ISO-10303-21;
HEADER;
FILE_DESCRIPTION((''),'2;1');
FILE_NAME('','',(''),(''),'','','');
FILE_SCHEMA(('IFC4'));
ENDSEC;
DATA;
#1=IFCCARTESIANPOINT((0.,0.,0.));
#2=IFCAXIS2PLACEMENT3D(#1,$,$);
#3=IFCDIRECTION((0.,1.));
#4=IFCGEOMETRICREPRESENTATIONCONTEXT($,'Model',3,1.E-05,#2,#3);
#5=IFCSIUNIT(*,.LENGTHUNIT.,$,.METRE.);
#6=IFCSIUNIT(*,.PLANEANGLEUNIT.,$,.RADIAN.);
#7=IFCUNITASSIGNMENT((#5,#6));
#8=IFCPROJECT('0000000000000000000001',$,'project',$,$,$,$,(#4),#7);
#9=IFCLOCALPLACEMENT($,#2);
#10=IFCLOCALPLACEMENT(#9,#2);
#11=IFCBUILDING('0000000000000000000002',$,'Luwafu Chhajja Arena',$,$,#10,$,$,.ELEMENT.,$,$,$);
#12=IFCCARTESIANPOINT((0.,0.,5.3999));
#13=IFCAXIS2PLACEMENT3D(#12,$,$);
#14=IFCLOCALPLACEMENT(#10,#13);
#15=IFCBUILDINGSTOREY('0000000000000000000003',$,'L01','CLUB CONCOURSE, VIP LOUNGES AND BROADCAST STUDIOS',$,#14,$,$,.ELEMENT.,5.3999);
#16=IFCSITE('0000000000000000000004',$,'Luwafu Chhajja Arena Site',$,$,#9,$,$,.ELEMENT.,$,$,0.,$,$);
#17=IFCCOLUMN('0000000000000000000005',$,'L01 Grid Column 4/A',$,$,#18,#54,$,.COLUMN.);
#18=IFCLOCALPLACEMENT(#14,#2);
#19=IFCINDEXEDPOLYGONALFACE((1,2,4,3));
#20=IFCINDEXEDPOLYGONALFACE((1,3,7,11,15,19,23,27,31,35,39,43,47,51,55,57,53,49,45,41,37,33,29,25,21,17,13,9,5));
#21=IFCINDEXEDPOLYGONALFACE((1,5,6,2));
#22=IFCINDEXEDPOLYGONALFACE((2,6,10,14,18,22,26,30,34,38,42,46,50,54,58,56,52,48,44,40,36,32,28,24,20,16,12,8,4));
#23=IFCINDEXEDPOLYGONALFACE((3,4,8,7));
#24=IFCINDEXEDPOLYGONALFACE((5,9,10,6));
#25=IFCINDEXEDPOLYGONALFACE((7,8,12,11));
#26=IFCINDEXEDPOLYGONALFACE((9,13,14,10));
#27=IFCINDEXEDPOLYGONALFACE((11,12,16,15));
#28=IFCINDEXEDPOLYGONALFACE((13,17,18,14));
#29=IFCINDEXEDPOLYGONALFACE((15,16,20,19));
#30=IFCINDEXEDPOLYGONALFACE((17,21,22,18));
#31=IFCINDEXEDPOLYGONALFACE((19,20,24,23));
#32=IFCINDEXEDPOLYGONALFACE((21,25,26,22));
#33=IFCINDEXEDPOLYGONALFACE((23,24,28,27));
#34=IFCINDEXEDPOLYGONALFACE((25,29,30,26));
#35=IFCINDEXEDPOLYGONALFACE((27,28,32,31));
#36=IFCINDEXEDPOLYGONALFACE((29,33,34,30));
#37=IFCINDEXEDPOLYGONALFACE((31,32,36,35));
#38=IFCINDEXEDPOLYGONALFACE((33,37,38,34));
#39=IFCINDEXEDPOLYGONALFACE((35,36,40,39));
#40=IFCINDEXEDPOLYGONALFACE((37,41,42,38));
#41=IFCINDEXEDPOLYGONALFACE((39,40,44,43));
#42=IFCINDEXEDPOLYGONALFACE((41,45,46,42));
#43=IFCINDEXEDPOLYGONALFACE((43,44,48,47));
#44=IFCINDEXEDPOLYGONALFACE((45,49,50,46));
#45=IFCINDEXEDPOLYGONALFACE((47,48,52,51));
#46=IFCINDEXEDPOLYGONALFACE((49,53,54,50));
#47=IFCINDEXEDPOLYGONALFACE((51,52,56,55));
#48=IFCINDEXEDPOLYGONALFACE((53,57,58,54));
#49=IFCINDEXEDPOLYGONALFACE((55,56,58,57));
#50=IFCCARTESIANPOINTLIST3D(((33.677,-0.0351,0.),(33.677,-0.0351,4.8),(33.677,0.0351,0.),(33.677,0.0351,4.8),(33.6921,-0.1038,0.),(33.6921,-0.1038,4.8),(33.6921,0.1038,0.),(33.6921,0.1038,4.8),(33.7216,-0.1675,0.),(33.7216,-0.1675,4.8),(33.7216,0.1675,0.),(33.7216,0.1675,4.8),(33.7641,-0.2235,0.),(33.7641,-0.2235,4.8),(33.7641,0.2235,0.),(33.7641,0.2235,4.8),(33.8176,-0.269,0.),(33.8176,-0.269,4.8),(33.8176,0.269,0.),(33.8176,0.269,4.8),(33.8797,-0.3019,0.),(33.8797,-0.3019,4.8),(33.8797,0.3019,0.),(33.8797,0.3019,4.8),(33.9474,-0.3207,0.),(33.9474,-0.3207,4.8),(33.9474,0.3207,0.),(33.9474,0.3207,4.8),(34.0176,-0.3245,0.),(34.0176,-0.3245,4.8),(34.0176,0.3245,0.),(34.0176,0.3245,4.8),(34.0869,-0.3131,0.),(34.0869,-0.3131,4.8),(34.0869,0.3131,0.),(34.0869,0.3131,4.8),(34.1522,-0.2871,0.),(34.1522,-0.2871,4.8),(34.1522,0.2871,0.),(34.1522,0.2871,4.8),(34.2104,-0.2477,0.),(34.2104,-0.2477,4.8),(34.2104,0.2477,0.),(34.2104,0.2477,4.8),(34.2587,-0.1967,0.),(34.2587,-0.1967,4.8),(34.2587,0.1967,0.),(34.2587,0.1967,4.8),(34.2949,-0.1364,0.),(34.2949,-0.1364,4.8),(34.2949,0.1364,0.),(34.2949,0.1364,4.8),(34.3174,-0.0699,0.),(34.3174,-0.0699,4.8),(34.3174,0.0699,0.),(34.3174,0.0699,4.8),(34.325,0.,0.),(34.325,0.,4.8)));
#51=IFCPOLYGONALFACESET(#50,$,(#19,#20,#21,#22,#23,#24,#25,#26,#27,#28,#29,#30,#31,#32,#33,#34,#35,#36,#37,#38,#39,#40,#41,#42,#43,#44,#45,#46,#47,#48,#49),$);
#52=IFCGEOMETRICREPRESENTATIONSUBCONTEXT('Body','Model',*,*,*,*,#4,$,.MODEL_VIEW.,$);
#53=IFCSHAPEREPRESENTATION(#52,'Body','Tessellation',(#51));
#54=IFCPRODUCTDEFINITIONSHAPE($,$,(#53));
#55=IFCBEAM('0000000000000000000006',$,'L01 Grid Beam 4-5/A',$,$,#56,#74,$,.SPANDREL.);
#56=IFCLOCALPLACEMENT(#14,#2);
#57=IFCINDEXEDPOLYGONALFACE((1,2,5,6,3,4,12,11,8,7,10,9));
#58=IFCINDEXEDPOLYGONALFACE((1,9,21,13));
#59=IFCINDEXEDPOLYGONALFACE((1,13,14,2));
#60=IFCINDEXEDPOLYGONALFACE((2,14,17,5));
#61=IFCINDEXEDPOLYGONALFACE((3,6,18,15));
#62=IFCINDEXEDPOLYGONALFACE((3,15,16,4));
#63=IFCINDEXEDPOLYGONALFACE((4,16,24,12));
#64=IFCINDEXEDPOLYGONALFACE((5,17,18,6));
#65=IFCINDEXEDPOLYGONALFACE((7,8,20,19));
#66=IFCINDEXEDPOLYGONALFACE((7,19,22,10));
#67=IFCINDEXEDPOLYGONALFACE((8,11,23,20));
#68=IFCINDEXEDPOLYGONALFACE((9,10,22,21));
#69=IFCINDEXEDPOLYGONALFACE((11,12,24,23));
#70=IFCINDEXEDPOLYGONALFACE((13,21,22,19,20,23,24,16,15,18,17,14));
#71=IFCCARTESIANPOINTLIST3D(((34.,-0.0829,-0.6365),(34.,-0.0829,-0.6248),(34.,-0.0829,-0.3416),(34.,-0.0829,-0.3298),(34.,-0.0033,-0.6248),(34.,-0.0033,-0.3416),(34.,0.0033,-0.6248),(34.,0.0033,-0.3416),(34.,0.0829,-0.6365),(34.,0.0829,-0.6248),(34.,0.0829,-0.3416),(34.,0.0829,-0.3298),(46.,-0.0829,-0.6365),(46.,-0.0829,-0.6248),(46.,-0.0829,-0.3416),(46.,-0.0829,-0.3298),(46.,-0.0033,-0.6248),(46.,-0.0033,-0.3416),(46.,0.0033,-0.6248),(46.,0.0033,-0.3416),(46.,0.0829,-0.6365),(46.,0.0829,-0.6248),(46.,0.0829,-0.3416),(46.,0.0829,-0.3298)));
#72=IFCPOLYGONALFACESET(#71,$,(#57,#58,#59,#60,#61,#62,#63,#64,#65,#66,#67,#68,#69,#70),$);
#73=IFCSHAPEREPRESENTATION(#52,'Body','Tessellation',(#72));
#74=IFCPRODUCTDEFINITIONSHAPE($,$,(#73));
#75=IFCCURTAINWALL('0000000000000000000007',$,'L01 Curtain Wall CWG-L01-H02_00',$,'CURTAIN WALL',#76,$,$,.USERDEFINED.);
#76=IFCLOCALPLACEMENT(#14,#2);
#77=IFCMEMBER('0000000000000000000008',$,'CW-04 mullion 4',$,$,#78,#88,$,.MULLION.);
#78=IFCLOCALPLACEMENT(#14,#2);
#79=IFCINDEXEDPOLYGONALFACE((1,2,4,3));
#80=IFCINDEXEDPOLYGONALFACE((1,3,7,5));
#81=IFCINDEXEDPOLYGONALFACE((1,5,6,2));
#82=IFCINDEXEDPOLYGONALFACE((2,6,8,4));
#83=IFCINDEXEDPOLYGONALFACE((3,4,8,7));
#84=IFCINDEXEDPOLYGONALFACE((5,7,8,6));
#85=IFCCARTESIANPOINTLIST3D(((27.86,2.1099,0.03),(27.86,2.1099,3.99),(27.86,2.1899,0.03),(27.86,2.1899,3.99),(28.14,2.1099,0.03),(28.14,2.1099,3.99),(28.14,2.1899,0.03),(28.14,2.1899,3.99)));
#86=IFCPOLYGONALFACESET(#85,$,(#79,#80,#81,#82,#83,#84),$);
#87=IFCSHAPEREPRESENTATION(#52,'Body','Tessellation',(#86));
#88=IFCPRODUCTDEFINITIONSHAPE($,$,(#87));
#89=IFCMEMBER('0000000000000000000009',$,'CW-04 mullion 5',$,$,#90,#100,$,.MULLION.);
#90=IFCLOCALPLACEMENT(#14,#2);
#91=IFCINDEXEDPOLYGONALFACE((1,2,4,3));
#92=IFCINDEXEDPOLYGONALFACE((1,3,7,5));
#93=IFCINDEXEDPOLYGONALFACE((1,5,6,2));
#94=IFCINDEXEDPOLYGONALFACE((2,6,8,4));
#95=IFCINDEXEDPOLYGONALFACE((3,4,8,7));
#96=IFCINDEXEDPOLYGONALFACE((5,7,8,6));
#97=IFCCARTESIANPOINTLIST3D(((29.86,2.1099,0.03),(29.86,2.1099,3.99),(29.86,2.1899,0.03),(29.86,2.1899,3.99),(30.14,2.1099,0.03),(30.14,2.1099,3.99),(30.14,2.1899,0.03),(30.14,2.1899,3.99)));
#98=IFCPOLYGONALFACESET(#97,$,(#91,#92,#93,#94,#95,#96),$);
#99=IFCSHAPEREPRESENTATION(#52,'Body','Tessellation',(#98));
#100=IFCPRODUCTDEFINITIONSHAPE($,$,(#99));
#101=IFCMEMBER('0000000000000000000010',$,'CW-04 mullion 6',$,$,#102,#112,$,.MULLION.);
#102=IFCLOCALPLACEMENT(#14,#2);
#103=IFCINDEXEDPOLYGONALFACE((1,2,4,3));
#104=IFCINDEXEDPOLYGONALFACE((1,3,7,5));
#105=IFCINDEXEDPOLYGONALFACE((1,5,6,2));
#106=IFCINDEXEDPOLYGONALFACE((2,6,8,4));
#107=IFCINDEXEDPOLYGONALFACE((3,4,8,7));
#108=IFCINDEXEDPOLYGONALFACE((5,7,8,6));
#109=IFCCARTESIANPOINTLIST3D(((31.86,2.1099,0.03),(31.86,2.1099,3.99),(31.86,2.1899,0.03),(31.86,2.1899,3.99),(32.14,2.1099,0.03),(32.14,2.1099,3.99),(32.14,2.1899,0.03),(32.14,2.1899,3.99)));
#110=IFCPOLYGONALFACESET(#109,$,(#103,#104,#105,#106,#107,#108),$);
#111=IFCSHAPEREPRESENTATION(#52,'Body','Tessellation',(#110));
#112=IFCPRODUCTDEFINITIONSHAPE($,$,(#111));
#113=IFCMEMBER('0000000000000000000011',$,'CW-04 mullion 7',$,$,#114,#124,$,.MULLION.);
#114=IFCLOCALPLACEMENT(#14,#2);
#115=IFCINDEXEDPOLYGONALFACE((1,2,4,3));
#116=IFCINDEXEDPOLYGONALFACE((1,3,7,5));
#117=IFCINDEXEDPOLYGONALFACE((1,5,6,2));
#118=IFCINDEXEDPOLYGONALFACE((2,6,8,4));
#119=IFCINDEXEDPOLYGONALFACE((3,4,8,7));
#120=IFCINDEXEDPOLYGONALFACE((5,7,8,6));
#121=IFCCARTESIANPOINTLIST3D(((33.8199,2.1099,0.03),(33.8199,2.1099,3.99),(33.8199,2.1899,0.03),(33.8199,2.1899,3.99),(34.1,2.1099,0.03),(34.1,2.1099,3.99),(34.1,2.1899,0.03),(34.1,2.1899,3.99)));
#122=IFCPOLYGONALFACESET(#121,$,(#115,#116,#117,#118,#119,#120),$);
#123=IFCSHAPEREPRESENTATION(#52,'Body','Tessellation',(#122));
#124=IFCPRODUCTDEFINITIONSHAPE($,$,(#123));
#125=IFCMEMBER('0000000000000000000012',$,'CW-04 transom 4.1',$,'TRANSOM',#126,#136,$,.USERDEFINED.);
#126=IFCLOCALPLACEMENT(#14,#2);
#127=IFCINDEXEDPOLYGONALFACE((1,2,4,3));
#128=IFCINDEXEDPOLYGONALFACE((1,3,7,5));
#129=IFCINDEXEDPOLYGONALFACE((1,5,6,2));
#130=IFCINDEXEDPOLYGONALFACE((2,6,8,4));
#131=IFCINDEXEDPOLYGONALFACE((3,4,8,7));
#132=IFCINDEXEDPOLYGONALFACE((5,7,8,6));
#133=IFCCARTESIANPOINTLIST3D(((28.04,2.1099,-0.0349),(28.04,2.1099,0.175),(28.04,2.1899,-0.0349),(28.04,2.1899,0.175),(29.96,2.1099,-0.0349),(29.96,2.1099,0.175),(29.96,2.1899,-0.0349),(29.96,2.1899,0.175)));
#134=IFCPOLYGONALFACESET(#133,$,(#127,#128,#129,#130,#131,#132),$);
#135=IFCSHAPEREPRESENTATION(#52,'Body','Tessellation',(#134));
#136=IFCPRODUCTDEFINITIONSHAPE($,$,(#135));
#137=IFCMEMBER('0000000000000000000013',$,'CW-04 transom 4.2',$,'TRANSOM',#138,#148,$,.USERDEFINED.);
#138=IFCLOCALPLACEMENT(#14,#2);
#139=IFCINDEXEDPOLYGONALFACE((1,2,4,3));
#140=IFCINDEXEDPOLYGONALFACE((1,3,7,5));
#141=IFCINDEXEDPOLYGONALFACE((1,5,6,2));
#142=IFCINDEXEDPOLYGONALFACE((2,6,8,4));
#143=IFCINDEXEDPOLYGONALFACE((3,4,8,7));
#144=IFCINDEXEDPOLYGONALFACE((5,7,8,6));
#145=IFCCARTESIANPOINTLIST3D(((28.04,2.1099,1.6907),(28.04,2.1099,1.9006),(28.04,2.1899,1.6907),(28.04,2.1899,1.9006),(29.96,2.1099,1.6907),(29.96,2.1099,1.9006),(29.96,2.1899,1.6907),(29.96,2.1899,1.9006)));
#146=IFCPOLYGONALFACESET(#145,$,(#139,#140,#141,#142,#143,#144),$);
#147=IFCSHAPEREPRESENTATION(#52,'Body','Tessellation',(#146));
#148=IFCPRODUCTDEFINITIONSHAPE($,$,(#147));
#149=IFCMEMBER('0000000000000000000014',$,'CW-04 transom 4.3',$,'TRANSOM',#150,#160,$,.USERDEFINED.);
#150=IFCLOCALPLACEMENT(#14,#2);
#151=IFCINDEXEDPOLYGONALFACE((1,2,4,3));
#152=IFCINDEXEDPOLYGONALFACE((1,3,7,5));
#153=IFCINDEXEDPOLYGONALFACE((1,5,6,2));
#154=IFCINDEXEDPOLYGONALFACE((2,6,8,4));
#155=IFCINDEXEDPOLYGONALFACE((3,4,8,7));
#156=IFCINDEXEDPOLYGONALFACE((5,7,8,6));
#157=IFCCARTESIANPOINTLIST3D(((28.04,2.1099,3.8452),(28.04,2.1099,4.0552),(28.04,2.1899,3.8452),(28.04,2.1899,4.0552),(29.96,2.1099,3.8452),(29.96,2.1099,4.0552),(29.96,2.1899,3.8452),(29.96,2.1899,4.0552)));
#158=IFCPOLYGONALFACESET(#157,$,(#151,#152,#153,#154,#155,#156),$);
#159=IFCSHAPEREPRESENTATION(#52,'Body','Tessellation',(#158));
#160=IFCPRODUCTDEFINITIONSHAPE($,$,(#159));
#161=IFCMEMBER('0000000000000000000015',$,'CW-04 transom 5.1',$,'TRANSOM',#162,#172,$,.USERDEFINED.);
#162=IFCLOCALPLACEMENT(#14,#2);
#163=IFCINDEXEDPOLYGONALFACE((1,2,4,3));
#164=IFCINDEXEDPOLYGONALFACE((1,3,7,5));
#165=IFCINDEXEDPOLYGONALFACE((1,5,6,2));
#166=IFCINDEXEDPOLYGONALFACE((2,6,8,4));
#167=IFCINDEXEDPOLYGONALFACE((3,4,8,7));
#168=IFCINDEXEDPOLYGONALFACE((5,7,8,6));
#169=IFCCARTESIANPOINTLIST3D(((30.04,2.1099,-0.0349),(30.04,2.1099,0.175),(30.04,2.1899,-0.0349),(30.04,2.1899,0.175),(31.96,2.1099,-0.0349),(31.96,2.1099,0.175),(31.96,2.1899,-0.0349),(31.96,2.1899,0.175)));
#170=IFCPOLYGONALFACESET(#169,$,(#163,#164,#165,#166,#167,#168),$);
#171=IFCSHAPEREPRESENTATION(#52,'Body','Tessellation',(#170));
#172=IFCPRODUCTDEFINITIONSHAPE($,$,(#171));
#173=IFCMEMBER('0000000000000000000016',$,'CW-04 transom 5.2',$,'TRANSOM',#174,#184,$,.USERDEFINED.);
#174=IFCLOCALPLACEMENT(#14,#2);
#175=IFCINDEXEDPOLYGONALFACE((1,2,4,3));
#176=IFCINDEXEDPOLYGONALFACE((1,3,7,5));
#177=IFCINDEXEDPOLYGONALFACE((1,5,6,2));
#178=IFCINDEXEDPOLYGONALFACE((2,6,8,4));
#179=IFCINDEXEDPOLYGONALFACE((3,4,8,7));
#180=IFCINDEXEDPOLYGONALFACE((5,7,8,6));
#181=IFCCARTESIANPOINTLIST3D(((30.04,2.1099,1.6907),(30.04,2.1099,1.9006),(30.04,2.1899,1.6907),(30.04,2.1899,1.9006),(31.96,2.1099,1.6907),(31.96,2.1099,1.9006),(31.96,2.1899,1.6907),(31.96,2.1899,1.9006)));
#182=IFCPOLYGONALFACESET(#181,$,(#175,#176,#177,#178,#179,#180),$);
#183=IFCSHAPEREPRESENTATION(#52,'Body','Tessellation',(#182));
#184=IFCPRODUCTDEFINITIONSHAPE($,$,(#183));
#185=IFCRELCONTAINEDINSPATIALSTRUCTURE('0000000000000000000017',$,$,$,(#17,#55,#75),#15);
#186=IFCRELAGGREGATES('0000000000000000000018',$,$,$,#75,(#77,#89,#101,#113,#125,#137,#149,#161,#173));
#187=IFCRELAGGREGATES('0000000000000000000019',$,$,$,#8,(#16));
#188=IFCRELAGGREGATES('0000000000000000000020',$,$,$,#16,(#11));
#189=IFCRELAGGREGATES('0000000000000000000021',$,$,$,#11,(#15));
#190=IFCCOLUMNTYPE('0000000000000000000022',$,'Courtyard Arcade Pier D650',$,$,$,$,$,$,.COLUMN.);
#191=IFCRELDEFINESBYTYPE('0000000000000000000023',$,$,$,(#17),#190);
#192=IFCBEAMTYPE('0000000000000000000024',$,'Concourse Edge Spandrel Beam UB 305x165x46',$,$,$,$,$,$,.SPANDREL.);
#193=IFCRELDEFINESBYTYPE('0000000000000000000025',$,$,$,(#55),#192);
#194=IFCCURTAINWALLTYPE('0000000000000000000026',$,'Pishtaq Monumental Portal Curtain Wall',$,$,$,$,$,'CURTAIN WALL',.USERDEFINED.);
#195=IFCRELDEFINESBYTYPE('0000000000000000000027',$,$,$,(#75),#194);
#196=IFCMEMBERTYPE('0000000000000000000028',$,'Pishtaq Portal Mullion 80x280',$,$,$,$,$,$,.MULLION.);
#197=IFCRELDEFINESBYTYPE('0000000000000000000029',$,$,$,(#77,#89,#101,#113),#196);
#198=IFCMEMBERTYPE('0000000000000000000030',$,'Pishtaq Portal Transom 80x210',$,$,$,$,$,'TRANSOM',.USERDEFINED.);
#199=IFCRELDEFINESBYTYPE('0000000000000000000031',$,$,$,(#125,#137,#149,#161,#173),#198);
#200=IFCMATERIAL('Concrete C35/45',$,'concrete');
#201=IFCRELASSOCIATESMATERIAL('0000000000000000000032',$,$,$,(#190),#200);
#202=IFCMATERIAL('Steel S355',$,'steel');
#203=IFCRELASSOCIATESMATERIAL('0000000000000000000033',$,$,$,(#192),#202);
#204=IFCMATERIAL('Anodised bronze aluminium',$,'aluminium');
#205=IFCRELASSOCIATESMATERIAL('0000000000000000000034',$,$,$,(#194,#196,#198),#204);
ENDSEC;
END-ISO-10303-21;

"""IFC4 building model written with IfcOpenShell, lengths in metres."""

from ifc_helpers import new_model, si_unit, direction, frame, origin, origin_2d, place, context, subcontext, project, spatial, rectangle, circle, i_section, extrude, material, material_profile, profile_set, type_object, element, aggregate, save


model = new_model("IFC4")

# Units and contexts
model_context = context("Model", 3, precision=1e-05, world=origin(), true_north=direction((0.0, 1.0)))
body_context = subcontext(model_context, "Body", "Model", "MODEL_VIEW")
ifc_project = project(units=[si_unit("LENGTHUNIT", "METRE"), si_unit("PLANEANGLEUNIT", "RADIAN")], contexts=[model_context])

# Site, building, storey
site_placement = place(None, origin())
site = spatial("IfcSite", under=ifc_project, at=site_placement, Name="Luwafu Chhajja Arena Site", CompositionType="ELEMENT", RefElevation=0.0)
building_placement = place(site_placement, origin())
building = spatial("IfcBuilding", under=site, at=building_placement, Name="Luwafu Chhajja Arena", CompositionType="ELEMENT")
storey_placement = place(building_placement, frame((0.0, 0.0, 5.3999)))
storey = spatial("IfcBuildingStorey", under=building, at=storey_placement, Name="L01", Description="CLUB CONCOURSE, VIP LOUNGES AND BROADCAST STUDIOS", CompositionType="ELEMENT", Elevation=5.3999)

# Column
ifc_material_1 = material(Name="Concrete C35/45", Category="concrete")
ifc_material_profile_1 = material_profile(ifc_material_1, circle(Radius=0.325, at=origin_2d()), Name="RC COL D650")
ifc_profile_set_1 = profile_set([ifc_material_profile_1], Name="Concrete C35/45")
column_type = type_object("IfcColumnType", Name="Courtyard Arcade Pier D650", PredefinedType="COLUMN", material=ifc_profile_set_1)
column_placement = place(storey_placement, frame((34.0, 0.0, 0.0), z_axis=(0.0, 0.0, 1.0), x_axis=(1.0, 0.0, 0.0)))
element("IfcColumn", 1, at=column_placement, inside=storey, type_object=column_type, Name="L01 Grid Column 4/A", PredefinedType="COLUMN", context=body_context, shape_type="SweptSolid", body=[
    extrude(circle(Radius=0.325, at=origin_2d()), origin(), (0.0, 0.0, 1.0), 4.8),
])

# Beam
ifc_material_2 = material(Name="Steel S355", Category="steel")
ifc_material_profile_2 = material_profile(ifc_material_2, i_section(OverallWidth=0.1658, OverallDepth=0.3066, WebThickness=0.0066, FlangeThickness=0.0117, at=origin_2d()), Name="UB 305x165x46")
ifc_profile_set_2 = profile_set([ifc_material_profile_2], Name="Steel S355")
beam_type_1 = type_object("IfcBeamType", Name="Concourse Edge Spandrel Beam UB 305x165x46", PredefinedType="SPANDREL", material=ifc_profile_set_2)
beam_1_placement = place(storey_placement, frame((34.0, 0.0, -0.4832), z_axis=(1.0, 0.0, 0.0), x_axis=(0.0, 1.0, 0.0)))
element("IfcBeam", 2, at=beam_1_placement, inside=storey, type_object=beam_type_1, Name="L01 Grid Beam 4-5/A", PredefinedType="SPANDREL", context=body_context, shape_type="SweptSolid", body=[
    extrude(i_section(OverallWidth=0.1658, OverallDepth=0.3066, WebThickness=0.0066, FlangeThickness=0.0117, at=origin_2d()), origin(), (0.0, 0.0, 1.0), 12.0),
])

# Curtain wall, members
ifc_material_3 = material(Name="Anodised bronze aluminium", Category="aluminium")
curtain_wall_type = type_object("IfcCurtainWallType", Name="Pishtaq Monumental Portal Curtain Wall", ElementType="CURTAIN WALL", PredefinedType="USERDEFINED", material=ifc_material_3)
curtain_wall_placement = place(storey_placement, origin())
curtain_wall = element("IfcCurtainWall", 3, at=curtain_wall_placement, inside=storey, type_object=curtain_wall_type, Name="L01 Curtain Wall CWG-L01-H02_00", ObjectType="CURTAIN WALL", PredefinedType="USERDEFINED")
ifc_material_profile_3 = material_profile(ifc_material_3, rectangle(XDim=0.0801, YDim=0.28, at=origin_2d()), Name="CWM 80x280")
ifc_profile_set_3 = profile_set([ifc_material_profile_3], Name="Anodised bronze aluminium")
member_type_1 = type_object("IfcMemberType", Name="Pishtaq Portal Mullion 80x280", PredefinedType="MULLION", material=ifc_profile_set_3)
member_1_placement = place(storey_placement, frame((28.0, 2.1499, 0.03), z_axis=(0.0, 0.0, 1.0), x_axis=(0.0, 1.0, 0.0)))
member_1 = element("IfcMember", 4, at=member_1_placement, type_object=member_type_1, Name="CW-04 mullion 4", PredefinedType="MULLION", context=body_context, shape_type="SweptSolid", body=[
    extrude(rectangle(XDim=0.0801, YDim=0.28, at=origin_2d()), origin(), (0.0, 0.0, 1.0), 3.96),
])
member_2_placement = place(storey_placement, frame((30.0, 2.1499, 0.03), z_axis=(0.0, 0.0, 1.0), x_axis=(0.0, 1.0, 0.0)))
member_2 = element("IfcMember", 5, at=member_2_placement, type_object=member_type_1, Name="CW-04 mullion 5", PredefinedType="MULLION", context=body_context, shape_type="SweptSolid", body=[
    extrude(rectangle(XDim=0.0801, YDim=0.28, at=origin_2d()), origin(), (0.0, 0.0, 1.0), 3.96),
])
member_3_placement = place(storey_placement, frame((32.0, 2.1499, 0.03), z_axis=(0.0, 0.0, 1.0), x_axis=(0.0, 1.0, 0.0)))
member_3 = element("IfcMember", 6, at=member_3_placement, type_object=member_type_1, Name="CW-04 mullion 6", PredefinedType="MULLION", context=body_context, shape_type="SweptSolid", body=[
    extrude(rectangle(XDim=0.0801, YDim=0.28, at=origin_2d()), origin(), (0.0, 0.0, 1.0), 3.96),
])
member_4_placement = place(storey_placement, frame((33.96, 2.1499, 0.03), z_axis=(0.0, 0.0, 1.0), x_axis=(0.0, 1.0, 0.0)))
member_4 = element("IfcMember", 7, at=member_4_placement, type_object=member_type_1, Name="CW-04 mullion 7", PredefinedType="MULLION", context=body_context, shape_type="SweptSolid", body=[
    extrude(rectangle(XDim=0.0801, YDim=0.28, at=origin_2d()), origin(), (0.0, 0.0, 1.0), 3.96),
])
ifc_material_profile_4 = material_profile(ifc_material_3, rectangle(XDim=0.0801, YDim=0.21, at=origin_2d()), Name="CWT 80x210")
ifc_profile_set_4 = profile_set([ifc_material_profile_4], Name="Anodised bronze aluminium")
member_type_2 = type_object("IfcMemberType", Name="Pishtaq Portal Transom 80x210", ElementType="TRANSOM", PredefinedType="USERDEFINED", material=ifc_profile_set_4)
member_5_placement = place(storey_placement, frame((28.04, 2.1499, 0.0701), z_axis=(1.0, 0.0, 0.0), x_axis=(0.0, 1.0, 0.0)))
member_5 = element("IfcMember", 8, at=member_5_placement, type_object=member_type_2, Name="CW-04 transom 4.1", ObjectType="TRANSOM", PredefinedType="USERDEFINED", context=body_context, shape_type="SweptSolid", body=[
    extrude(rectangle(XDim=0.0801, YDim=0.21, at=origin_2d()), origin(), (0.0, 0.0, 1.0), 1.9199),
])
member_6_placement = place(storey_placement, frame((28.04, 2.1499, 1.7957), z_axis=(1.0, 0.0, 0.0), x_axis=(0.0, 1.0, 0.0)))
member_6 = element("IfcMember", 9, at=member_6_placement, type_object=member_type_2, Name="CW-04 transom 4.2", ObjectType="TRANSOM", PredefinedType="USERDEFINED", context=body_context, shape_type="SweptSolid", body=[
    extrude(rectangle(XDim=0.0801, YDim=0.21, at=origin_2d()), origin(), (0.0, 0.0, 1.0), 1.9199),
])
member_7_placement = place(storey_placement, frame((28.04, 2.1499, 3.9502), z_axis=(1.0, 0.0, 0.0), x_axis=(0.0, 1.0, 0.0)))
member_7 = element("IfcMember", 10, at=member_7_placement, type_object=member_type_2, Name="CW-04 transom 4.3", ObjectType="TRANSOM", PredefinedType="USERDEFINED", context=body_context, shape_type="SweptSolid", body=[
    extrude(rectangle(XDim=0.0801, YDim=0.21, at=origin_2d()), origin(), (0.0, 0.0, 1.0), 1.9199),
])
member_8_placement = place(storey_placement, frame((30.04, 2.1499, 0.0701), z_axis=(1.0, 0.0, 0.0), x_axis=(0.0, 1.0, 0.0)))
member_8 = element("IfcMember", 11, at=member_8_placement, type_object=member_type_2, Name="CW-04 transom 5.1", ObjectType="TRANSOM", PredefinedType="USERDEFINED", context=body_context, shape_type="SweptSolid", body=[
    extrude(rectangle(XDim=0.0801, YDim=0.21, at=origin_2d()), origin(), (0.0, 0.0, 1.0), 1.9199),
])
member_9_placement = place(storey_placement, frame((30.04, 2.1499, 1.7957), z_axis=(1.0, 0.0, 0.0), x_axis=(0.0, 1.0, 0.0)))
member_9 = element("IfcMember", 12, at=member_9_placement, type_object=member_type_2, Name="CW-04 transom 5.2", ObjectType="TRANSOM", PredefinedType="USERDEFINED", context=body_context, shape_type="SweptSolid", body=[
    extrude(rectangle(XDim=0.0801, YDim=0.21, at=origin_2d()), origin(), (0.0, 0.0, 1.0), 1.9199),
])

aggregate(curtain_wall, [member_1, member_2, member_3, member_4, member_5, member_6, member_7, member_8, member_9])

save(model, "model.ifc")
